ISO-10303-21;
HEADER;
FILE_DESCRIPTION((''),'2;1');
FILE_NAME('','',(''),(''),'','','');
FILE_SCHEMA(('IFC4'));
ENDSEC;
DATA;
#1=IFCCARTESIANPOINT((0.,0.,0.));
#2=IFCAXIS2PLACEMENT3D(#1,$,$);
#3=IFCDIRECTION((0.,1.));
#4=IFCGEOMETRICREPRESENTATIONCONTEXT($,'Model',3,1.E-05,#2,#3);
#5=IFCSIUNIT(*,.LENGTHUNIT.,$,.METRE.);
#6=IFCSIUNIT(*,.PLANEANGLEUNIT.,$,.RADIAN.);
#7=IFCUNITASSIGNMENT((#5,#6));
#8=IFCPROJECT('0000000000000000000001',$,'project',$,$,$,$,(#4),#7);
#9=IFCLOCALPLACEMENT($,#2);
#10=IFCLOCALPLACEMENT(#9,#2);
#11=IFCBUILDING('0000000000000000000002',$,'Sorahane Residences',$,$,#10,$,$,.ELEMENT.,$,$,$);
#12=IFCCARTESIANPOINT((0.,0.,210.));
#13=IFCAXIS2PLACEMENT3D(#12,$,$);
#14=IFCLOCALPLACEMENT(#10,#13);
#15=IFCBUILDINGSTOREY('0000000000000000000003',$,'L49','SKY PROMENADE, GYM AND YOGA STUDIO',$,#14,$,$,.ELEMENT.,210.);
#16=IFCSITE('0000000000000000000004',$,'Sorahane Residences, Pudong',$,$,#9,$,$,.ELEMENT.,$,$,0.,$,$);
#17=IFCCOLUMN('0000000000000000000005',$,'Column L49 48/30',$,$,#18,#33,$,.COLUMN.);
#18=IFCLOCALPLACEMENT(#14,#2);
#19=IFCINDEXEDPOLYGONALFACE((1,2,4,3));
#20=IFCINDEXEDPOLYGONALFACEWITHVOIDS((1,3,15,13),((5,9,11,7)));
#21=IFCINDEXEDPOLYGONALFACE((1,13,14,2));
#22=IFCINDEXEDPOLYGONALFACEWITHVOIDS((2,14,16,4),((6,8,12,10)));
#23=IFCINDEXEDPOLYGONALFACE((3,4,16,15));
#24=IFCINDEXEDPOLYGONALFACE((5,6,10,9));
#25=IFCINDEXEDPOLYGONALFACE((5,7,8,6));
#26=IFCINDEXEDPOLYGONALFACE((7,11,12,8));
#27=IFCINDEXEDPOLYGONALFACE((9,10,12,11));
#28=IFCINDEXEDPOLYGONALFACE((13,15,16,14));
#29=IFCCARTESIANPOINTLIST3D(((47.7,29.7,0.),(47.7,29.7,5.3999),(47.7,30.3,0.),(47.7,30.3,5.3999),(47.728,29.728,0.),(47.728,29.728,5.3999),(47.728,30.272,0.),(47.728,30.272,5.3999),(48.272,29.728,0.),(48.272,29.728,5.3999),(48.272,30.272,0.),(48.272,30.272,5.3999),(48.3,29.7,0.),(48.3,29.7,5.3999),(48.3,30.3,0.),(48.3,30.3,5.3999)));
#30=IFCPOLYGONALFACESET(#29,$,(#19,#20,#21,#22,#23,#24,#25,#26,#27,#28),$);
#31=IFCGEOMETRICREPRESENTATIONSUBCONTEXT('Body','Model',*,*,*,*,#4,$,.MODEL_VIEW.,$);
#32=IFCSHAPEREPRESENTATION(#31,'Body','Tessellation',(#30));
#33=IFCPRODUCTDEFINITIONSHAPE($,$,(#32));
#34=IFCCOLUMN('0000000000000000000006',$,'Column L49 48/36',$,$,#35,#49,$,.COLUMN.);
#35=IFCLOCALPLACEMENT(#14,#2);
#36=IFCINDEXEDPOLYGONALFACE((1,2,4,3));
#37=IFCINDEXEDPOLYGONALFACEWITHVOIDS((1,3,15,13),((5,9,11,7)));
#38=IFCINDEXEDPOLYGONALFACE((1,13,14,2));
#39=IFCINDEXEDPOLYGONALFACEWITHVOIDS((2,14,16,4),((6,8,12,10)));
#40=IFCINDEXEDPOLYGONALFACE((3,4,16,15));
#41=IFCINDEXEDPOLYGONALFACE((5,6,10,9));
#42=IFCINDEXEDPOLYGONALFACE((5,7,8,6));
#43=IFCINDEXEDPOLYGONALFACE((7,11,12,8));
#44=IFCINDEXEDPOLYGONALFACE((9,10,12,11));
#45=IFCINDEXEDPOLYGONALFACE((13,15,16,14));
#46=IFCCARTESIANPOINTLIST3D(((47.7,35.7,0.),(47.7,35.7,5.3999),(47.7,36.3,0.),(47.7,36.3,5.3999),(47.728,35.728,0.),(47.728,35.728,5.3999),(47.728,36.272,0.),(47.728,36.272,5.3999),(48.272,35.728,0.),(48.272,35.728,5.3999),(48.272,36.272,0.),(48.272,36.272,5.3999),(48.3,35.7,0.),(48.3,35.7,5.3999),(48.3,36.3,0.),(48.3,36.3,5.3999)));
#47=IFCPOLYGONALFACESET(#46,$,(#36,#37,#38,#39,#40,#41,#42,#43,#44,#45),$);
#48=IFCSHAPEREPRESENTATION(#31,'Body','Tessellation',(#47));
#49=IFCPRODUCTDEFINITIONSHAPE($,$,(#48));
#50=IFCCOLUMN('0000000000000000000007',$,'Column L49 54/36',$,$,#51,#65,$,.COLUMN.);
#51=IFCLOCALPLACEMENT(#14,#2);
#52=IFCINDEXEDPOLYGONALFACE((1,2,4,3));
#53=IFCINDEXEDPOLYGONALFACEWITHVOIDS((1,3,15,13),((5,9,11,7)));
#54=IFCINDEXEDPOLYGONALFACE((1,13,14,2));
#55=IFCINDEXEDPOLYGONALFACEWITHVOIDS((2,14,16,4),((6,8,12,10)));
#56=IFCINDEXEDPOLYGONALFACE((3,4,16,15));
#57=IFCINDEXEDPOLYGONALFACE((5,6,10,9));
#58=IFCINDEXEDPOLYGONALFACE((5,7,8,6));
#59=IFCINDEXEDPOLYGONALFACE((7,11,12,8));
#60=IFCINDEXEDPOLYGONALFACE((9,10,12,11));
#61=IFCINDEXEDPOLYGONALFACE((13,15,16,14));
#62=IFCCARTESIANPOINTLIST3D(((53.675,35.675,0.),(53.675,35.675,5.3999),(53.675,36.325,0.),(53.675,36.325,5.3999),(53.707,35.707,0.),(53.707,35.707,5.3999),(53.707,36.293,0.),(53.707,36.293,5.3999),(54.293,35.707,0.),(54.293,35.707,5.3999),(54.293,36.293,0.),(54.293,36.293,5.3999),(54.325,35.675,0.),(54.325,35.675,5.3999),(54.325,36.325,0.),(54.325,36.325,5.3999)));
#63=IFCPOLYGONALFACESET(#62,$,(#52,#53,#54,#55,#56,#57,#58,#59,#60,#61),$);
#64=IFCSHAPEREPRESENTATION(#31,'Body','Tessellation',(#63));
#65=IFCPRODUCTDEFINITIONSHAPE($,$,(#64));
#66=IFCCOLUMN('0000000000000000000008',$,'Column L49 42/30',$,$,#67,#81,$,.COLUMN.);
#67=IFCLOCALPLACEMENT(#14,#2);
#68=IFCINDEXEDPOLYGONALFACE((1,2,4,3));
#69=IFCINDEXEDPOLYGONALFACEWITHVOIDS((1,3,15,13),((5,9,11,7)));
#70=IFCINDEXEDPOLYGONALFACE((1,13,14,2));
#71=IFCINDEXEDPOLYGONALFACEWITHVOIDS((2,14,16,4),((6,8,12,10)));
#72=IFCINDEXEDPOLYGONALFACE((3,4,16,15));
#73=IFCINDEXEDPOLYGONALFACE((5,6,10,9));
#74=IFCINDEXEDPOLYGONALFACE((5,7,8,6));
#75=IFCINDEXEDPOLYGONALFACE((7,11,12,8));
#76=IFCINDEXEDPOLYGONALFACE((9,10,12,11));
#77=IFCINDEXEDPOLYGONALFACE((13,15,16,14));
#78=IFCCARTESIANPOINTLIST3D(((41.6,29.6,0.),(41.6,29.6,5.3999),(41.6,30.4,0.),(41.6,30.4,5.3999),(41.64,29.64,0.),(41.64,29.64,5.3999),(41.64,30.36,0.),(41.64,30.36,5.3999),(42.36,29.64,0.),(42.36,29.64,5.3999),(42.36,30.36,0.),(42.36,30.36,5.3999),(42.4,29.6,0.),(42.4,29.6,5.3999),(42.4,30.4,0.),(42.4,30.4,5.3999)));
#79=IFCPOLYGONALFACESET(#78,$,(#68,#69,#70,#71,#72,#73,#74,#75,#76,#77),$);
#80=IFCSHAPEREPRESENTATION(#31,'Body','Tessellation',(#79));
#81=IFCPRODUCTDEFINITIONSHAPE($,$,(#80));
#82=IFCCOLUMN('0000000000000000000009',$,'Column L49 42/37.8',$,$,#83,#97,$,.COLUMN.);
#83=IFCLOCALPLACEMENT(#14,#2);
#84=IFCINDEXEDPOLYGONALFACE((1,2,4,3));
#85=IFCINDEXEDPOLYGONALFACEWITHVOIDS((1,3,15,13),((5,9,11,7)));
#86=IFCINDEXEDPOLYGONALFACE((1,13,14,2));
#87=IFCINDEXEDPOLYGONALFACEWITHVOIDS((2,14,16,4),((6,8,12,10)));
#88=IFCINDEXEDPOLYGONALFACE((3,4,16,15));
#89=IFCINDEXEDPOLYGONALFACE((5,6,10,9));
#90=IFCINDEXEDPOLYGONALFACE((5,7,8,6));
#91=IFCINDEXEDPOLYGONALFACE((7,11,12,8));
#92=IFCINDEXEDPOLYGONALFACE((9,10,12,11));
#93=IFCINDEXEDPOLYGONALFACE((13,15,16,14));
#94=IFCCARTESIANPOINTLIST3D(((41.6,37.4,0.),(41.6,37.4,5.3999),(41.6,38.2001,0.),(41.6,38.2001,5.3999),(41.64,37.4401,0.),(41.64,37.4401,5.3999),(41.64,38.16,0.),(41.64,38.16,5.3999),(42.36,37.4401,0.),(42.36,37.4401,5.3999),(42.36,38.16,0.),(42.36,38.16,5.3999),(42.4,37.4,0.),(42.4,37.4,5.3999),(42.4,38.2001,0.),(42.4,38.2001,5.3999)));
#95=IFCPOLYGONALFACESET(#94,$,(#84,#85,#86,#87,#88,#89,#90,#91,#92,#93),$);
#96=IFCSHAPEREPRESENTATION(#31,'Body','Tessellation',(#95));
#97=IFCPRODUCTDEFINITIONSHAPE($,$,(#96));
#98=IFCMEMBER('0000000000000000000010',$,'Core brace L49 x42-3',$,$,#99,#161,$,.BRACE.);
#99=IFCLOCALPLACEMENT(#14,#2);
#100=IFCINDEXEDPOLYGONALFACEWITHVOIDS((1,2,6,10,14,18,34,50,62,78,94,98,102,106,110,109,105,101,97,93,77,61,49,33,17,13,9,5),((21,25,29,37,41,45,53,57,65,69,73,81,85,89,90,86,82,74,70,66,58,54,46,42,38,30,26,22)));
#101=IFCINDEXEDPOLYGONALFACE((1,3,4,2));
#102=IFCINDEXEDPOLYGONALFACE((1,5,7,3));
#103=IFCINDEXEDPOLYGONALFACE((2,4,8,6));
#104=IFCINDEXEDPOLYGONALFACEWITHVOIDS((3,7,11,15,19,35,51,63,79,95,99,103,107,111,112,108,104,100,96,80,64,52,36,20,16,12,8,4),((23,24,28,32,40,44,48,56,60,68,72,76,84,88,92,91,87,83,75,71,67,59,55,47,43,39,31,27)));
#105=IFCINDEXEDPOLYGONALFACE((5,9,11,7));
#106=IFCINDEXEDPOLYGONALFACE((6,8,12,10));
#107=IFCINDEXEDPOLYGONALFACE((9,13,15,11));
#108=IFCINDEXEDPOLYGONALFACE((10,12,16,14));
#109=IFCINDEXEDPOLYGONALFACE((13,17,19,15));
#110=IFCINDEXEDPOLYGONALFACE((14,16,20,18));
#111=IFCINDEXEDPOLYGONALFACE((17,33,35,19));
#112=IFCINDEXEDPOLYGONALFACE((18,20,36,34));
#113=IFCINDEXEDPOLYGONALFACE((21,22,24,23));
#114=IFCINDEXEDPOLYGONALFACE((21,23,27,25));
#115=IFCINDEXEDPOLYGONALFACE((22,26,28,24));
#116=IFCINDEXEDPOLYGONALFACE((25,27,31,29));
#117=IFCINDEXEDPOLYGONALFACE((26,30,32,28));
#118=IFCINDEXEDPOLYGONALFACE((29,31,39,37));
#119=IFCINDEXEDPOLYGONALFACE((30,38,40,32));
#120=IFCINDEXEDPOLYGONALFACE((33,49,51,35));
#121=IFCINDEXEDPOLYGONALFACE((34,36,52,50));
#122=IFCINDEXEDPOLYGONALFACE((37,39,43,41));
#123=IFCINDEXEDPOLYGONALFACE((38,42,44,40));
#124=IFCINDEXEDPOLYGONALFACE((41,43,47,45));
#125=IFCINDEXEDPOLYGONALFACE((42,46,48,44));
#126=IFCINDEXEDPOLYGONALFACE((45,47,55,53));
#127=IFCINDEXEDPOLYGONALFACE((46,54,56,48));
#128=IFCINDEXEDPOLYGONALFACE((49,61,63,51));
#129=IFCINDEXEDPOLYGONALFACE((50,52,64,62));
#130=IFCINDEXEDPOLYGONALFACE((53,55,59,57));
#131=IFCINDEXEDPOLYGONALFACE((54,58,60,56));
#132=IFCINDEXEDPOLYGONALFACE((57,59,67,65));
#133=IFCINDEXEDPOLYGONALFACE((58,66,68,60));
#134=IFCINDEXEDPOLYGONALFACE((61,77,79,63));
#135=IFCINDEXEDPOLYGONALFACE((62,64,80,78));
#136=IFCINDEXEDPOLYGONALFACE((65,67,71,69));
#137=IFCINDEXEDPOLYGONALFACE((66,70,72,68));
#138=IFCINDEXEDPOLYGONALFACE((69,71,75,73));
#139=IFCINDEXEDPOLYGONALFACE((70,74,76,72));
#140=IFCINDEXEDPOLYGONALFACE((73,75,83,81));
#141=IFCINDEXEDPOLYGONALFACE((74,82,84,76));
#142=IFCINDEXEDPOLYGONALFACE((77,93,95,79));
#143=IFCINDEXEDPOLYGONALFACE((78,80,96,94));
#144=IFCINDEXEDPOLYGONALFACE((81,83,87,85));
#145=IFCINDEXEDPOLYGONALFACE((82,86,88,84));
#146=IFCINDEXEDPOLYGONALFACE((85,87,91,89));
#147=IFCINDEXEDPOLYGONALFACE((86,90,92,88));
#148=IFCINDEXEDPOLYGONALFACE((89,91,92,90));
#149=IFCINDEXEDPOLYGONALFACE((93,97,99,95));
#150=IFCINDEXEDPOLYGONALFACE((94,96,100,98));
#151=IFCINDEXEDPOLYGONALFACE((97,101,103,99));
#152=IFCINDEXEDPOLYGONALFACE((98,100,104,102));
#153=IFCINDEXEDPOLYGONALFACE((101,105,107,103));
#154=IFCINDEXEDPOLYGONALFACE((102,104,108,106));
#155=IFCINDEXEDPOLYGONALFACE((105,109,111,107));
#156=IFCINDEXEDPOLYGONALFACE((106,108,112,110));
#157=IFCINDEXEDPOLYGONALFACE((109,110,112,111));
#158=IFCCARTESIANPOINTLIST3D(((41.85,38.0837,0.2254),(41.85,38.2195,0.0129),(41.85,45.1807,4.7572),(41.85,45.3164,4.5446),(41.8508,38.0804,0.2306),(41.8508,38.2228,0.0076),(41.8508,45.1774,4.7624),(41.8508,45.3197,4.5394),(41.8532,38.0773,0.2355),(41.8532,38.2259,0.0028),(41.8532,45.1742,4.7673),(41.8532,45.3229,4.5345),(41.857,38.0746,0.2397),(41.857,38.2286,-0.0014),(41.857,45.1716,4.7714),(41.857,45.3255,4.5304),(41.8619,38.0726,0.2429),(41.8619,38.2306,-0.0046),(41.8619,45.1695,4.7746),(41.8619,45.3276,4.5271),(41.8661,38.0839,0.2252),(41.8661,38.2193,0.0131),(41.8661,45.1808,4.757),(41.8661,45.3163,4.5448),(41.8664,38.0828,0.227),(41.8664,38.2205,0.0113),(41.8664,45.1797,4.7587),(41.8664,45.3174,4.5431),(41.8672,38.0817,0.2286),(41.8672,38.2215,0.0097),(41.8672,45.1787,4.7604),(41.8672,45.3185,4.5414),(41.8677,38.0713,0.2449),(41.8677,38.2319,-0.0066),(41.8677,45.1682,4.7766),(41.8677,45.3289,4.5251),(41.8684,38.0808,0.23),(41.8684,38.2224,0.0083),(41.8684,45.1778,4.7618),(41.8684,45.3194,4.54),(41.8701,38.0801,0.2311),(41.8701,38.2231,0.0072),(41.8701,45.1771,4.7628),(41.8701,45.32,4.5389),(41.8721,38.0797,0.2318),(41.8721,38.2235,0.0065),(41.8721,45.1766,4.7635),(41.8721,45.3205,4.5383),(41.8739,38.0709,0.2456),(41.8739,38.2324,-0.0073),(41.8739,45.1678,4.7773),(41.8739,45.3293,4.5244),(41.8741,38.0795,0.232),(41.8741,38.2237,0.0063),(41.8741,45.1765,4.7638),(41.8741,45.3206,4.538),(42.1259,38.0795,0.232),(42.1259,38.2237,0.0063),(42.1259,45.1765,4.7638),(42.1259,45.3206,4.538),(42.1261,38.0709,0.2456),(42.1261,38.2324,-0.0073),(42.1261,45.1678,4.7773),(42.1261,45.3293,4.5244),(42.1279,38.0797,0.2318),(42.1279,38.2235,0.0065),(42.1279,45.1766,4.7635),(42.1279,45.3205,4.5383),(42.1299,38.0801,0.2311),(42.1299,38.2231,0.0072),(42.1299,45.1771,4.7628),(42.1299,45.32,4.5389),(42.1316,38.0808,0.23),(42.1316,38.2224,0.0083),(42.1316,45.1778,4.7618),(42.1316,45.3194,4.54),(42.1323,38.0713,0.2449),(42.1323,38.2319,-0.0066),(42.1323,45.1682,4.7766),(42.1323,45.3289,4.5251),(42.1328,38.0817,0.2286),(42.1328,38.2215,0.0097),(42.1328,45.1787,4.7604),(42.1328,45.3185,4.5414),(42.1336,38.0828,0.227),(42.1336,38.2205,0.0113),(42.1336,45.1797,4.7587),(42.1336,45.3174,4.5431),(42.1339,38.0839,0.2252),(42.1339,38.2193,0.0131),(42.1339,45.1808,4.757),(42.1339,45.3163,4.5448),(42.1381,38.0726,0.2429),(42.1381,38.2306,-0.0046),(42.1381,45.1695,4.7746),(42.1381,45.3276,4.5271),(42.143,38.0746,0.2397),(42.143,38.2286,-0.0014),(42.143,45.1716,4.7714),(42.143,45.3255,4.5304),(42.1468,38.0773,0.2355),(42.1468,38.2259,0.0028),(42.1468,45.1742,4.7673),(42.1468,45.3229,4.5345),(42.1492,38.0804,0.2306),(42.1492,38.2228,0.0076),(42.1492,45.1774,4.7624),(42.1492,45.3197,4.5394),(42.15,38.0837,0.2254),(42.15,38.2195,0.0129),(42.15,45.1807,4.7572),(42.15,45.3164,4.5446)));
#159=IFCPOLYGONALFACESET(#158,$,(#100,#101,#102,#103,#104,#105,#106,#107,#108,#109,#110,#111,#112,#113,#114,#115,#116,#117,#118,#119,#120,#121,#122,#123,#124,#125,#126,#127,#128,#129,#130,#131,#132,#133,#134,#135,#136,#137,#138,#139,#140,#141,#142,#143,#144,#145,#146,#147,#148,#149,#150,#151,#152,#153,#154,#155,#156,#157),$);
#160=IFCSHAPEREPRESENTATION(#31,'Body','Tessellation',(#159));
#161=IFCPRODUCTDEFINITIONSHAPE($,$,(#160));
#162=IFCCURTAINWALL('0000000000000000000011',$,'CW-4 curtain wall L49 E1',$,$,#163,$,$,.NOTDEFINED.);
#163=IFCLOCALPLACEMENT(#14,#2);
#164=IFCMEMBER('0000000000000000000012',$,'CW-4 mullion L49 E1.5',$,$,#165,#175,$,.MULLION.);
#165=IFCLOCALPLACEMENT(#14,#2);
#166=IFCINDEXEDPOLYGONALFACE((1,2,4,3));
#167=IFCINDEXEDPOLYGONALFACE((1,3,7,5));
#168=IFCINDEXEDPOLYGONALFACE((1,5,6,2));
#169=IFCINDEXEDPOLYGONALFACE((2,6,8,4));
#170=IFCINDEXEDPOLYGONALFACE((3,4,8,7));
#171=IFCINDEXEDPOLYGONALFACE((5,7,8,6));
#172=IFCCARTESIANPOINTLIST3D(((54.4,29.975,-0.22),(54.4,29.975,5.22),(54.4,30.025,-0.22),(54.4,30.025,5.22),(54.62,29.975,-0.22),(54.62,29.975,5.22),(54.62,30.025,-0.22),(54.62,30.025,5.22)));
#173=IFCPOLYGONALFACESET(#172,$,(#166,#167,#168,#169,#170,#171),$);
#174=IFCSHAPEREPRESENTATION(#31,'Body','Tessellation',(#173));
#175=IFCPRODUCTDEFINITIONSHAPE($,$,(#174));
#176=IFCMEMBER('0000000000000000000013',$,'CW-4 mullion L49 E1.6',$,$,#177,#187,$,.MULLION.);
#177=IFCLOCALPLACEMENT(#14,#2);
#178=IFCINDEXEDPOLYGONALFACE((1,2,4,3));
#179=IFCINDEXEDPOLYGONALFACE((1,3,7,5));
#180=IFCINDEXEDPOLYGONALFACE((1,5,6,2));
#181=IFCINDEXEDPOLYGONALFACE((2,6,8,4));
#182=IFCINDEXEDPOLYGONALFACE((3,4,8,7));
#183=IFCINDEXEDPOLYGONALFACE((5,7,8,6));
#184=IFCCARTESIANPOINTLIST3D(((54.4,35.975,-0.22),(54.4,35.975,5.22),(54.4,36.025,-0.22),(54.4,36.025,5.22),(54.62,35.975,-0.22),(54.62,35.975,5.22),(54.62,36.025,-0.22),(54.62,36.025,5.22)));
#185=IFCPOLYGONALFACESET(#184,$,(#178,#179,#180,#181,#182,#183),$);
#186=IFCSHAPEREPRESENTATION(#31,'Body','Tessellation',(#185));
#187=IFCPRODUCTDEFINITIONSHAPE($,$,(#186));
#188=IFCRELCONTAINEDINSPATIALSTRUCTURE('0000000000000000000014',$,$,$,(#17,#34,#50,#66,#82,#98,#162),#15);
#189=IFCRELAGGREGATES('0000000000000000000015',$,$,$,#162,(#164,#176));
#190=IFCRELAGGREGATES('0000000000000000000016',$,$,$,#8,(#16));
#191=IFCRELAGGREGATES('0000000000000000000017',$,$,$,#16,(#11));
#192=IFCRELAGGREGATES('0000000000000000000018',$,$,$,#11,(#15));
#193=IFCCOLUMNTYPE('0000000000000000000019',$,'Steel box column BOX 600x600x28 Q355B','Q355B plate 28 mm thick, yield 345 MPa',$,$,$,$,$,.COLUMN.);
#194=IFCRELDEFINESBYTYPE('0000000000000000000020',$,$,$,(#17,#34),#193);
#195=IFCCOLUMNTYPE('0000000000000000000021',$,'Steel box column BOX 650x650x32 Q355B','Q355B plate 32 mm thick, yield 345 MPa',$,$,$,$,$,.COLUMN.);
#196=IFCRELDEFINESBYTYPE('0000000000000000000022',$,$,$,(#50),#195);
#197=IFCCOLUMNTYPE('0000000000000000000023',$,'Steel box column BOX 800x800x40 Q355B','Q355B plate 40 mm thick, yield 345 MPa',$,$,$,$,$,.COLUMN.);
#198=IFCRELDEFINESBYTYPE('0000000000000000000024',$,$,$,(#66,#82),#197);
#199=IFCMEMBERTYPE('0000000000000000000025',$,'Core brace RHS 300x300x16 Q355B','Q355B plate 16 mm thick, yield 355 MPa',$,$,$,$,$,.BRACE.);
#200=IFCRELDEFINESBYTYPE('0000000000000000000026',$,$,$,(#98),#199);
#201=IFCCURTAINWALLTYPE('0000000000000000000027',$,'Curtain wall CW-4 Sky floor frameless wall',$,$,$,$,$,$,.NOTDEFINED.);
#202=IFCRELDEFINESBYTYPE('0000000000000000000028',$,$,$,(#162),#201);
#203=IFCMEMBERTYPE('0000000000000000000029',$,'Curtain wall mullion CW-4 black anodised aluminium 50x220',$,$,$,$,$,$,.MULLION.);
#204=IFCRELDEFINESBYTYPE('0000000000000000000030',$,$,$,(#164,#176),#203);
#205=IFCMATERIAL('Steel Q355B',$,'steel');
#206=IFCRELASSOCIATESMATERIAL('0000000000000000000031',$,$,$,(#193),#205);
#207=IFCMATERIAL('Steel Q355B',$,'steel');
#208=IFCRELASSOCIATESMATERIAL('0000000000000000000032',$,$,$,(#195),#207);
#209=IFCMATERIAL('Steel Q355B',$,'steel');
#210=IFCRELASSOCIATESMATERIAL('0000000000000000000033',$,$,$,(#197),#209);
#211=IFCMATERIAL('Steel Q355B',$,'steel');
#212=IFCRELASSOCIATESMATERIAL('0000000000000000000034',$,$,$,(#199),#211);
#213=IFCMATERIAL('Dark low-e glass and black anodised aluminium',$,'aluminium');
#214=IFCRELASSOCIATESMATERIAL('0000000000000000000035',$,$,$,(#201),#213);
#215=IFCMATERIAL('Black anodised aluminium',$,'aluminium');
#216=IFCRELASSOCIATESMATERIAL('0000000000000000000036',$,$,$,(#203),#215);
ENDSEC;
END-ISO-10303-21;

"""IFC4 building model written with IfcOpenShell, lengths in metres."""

from ifc_helpers import new_model, si_unit, direction, frame, origin, origin_2d, place, context, subcontext, project, spatial, rectangle, hollow_rectangle, extrude, material, material_profile, profile_set, type_object, element, aggregate, save


model = new_model("IFC4")

# Units and contexts
model_context = context("Model", 3, precision=1e-05, world=origin(), true_north=direction((0.0, 1.0)))
body_context = subcontext(model_context, "Body", "Model", "MODEL_VIEW")
ifc_project = project(units=[si_unit("LENGTHUNIT", "METRE"), si_unit("PLANEANGLEUNIT", "RADIAN")], contexts=[model_context])

# Site, building, storey
site_placement = place(None, origin())
site = spatial("IfcSite", under=ifc_project, at=site_placement, Name="Sorahane Residences, Pudong", CompositionType="ELEMENT", RefElevation=0.0)
building_placement = place(site_placement, origin())
building = spatial("IfcBuilding", under=site, at=building_placement, Name="Sorahane Residences", CompositionType="ELEMENT")
storey_placement = place(building_placement, frame((0.0, 0.0, 210.0)))
storey = spatial("IfcBuildingStorey", under=building, at=storey_placement, Name="L49", Description="SKY PROMENADE, GYM AND YOGA STUDIO", CompositionType="ELEMENT", Elevation=210.0)

# Columns
ifc_material_1 = material(Name="Steel Q355B", Category="steel")
ifc_material_profile_1 = material_profile(ifc_material_1, hollow_rectangle(XDim=0.6001, YDim=0.6001, WallThickness=0.0281, at=origin_2d()), Name="BOX 600x600x28")
ifc_profile_set_1 = profile_set([ifc_material_profile_1], Name="Steel Q355B")
column_type_1 = type_object("IfcColumnType", Name="Steel box column BOX 600x600x28 Q355B", Description="Q355B plate 28 mm thick, yield 345 MPa", PredefinedType="COLUMN", material=ifc_profile_set_1)
for number, where, z_axis, x_axis, name in (
    (1, (48.0, 30.0, 0.0), (0.0, 0.0, 1.0), (1.0, 0.0, 0.0), "Column L49 48/30"),
    (2, (48.0, 36.0, 0.0), (0.0, 0.0, 1.0), (1.0, 0.0, 0.0), "Column L49 48/36"),
):
    element("IfcColumn", number, at=place(storey_placement, frame(where, z_axis=z_axis, x_axis=x_axis)), inside=storey, type_object=column_type_1, Name=name, PredefinedType="COLUMN", context=body_context, shape_type="SweptSolid", body=[
        extrude(hollow_rectangle(XDim=0.6001, YDim=0.6001, WallThickness=0.0281, at=origin_2d()), origin(), (0.0, 0.0, 1.0), 5.3999),
    ])
ifc_material_2 = material(Name="Steel Q355B", Category="steel")
ifc_material_profile_2 = material_profile(ifc_material_2, hollow_rectangle(XDim=0.6499, YDim=0.6499, WallThickness=0.032, at=origin_2d()), Name="BOX 650x650x32")
ifc_profile_set_2 = profile_set([ifc_material_profile_2], Name="Steel Q355B")
column_type_2 = type_object("IfcColumnType", Name="Steel box column BOX 650x650x32 Q355B", Description="Q355B plate 32 mm thick, yield 345 MPa", PredefinedType="COLUMN", material=ifc_profile_set_2)
column_placement = place(storey_placement, frame((54.0, 36.0, 0.0), z_axis=(0.0, 0.0, 1.0), x_axis=(1.0, 0.0, 0.0)))
element("IfcColumn", 3, at=column_placement, inside=storey, type_object=column_type_2, Name="Column L49 54/36", PredefinedType="COLUMN", context=body_context, shape_type="SweptSolid", body=[
    extrude(hollow_rectangle(XDim=0.6499, YDim=0.6499, WallThickness=0.032, at=origin_2d()), origin(), (0.0, 0.0, 1.0), 5.3999),
])
ifc_material_3 = material(Name="Steel Q355B", Category="steel")
ifc_material_profile_3 = material_profile(ifc_material_3, hollow_rectangle(XDim=0.8, YDim=0.8, WallThickness=0.04, at=origin_2d()), Name="BOX 800x800x40")
ifc_profile_set_3 = profile_set([ifc_material_profile_3], Name="Steel Q355B")
column_type_3 = type_object("IfcColumnType", Name="Steel box column BOX 800x800x40 Q355B", Description="Q355B plate 40 mm thick, yield 345 MPa", PredefinedType="COLUMN", material=ifc_profile_set_3)
for number, where, z_axis, x_axis, name in (
    (4, (42.0, 30.0, 0.0), (0.0, 0.0, 1.0), (1.0, 0.0, 0.0), "Column L49 42/30"),
    (5, (42.0, 37.8, 0.0), (0.0, 0.0, 1.0), (1.0, 0.0, 0.0), "Column L49 42/37.8"),
):
    element("IfcColumn", number, at=place(storey_placement, frame(where, z_axis=z_axis, x_axis=x_axis)), inside=storey, type_object=column_type_3, Name=name, PredefinedType="COLUMN", context=body_context, shape_type="SweptSolid", body=[
        extrude(hollow_rectangle(XDim=0.8, YDim=0.8, WallThickness=0.04, at=origin_2d()), origin(), (0.0, 0.0, 1.0), 5.3999),
    ])

# Member
ifc_material_4 = material(Name="Steel Q355B", Category="steel")
ifc_material_profile_4 = material_profile(ifc_material_4, hollow_rectangle(XDim=0.3, YDim=0.3, WallThickness=0.0161, InnerFilletRadius=0.0081, OuterFilletRadius=0.0239, at=origin_2d()), Name="RHS 300x300x16")
ifc_profile_set_4 = profile_set([ifc_material_profile_4], Name="Steel Q355B")
member_type_1 = type_object("IfcMemberType", Name="Core brace RHS 300x300x16 Q355B", Description="Q355B plate 16 mm thick, yield 355 MPa", PredefinedType="BRACE", material=ifc_profile_set_4)
member_1_placement = place(storey_placement, frame((42.0, 38.1516, 0.1191), z_axis=(0.0, 0.842826, 0.538186), x_axis=(-1.0, 0.0, 0.0)))
element("IfcMember", 6, at=member_1_placement, inside=storey, type_object=member_type_1, Name="Core brace L49 x42-3", PredefinedType="BRACE", context=body_context, shape_type="SweptSolid", body=[
    extrude(hollow_rectangle(XDim=0.3, YDim=0.3, WallThickness=0.0161, InnerFilletRadius=0.0081, OuterFilletRadius=0.0239, at=origin_2d()), origin(), (0.0, 0.0, 1.0), 8.4204),
])

# Curtain wall, members
ifc_material_5 = material(Name="Dark low-e glass and black anodised aluminium", Category="aluminium")
curtain_wall_type = type_object("IfcCurtainWallType", Name="Curtain wall CW-4 Sky floor frameless wall", PredefinedType="NOTDEFINED", material=ifc_material_5)
curtain_wall_placement = place(storey_placement, origin())
curtain_wall = element("IfcCurtainWall", 7, at=curtain_wall_placement, inside=storey, type_object=curtain_wall_type, Name="CW-4 curtain wall L49 E1", PredefinedType="NOTDEFINED")
ifc_material_6 = material(Name="Black anodised aluminium", Category="aluminium")
ifc_material_profile_5 = material_profile(ifc_material_6, rectangle(XDim=0.22, YDim=0.05, at=origin_2d()), Name="Curtain wall mullion CW-4 black anodised aluminium 50x220")
ifc_profile_set_5 = profile_set([ifc_material_profile_5], Name="Black anodised aluminium")
member_type_2 = type_object("IfcMemberType", Name="Curtain wall mullion CW-4 black anodised aluminium 50x220", PredefinedType="MULLION", material=ifc_profile_set_5)
member_2_placement = place(storey_placement, frame((54.51, 30.0, -0.22), z_axis=(0.0, 0.0, 1.0), x_axis=(1.0, 0.0, 0.0)))
member_2 = element("IfcMember", 8, at=member_2_placement, type_object=member_type_2, Name="CW-4 mullion L49 E1.5", PredefinedType="MULLION", context=body_context, shape_type="SweptSolid", body=[
    extrude(rectangle(XDim=0.22, YDim=0.05, at=origin_2d()), origin(), (0.0, 0.0, 1.0), 5.4399),
])
member_3_placement = place(storey_placement, frame((54.51, 36.0, -0.22), z_axis=(0.0, 0.0, 1.0), x_axis=(1.0, 0.0, 0.0)))
member_3 = element("IfcMember", 9, at=member_3_placement, type_object=member_type_2, Name="CW-4 mullion L49 E1.6", PredefinedType="MULLION", context=body_context, shape_type="SweptSolid", body=[
    extrude(rectangle(XDim=0.22, YDim=0.05, at=origin_2d()), origin(), (0.0, 0.0, 1.0), 5.4399),
])

aggregate(curtain_wall, [member_2, member_3])

save(model, "model.ifc")
